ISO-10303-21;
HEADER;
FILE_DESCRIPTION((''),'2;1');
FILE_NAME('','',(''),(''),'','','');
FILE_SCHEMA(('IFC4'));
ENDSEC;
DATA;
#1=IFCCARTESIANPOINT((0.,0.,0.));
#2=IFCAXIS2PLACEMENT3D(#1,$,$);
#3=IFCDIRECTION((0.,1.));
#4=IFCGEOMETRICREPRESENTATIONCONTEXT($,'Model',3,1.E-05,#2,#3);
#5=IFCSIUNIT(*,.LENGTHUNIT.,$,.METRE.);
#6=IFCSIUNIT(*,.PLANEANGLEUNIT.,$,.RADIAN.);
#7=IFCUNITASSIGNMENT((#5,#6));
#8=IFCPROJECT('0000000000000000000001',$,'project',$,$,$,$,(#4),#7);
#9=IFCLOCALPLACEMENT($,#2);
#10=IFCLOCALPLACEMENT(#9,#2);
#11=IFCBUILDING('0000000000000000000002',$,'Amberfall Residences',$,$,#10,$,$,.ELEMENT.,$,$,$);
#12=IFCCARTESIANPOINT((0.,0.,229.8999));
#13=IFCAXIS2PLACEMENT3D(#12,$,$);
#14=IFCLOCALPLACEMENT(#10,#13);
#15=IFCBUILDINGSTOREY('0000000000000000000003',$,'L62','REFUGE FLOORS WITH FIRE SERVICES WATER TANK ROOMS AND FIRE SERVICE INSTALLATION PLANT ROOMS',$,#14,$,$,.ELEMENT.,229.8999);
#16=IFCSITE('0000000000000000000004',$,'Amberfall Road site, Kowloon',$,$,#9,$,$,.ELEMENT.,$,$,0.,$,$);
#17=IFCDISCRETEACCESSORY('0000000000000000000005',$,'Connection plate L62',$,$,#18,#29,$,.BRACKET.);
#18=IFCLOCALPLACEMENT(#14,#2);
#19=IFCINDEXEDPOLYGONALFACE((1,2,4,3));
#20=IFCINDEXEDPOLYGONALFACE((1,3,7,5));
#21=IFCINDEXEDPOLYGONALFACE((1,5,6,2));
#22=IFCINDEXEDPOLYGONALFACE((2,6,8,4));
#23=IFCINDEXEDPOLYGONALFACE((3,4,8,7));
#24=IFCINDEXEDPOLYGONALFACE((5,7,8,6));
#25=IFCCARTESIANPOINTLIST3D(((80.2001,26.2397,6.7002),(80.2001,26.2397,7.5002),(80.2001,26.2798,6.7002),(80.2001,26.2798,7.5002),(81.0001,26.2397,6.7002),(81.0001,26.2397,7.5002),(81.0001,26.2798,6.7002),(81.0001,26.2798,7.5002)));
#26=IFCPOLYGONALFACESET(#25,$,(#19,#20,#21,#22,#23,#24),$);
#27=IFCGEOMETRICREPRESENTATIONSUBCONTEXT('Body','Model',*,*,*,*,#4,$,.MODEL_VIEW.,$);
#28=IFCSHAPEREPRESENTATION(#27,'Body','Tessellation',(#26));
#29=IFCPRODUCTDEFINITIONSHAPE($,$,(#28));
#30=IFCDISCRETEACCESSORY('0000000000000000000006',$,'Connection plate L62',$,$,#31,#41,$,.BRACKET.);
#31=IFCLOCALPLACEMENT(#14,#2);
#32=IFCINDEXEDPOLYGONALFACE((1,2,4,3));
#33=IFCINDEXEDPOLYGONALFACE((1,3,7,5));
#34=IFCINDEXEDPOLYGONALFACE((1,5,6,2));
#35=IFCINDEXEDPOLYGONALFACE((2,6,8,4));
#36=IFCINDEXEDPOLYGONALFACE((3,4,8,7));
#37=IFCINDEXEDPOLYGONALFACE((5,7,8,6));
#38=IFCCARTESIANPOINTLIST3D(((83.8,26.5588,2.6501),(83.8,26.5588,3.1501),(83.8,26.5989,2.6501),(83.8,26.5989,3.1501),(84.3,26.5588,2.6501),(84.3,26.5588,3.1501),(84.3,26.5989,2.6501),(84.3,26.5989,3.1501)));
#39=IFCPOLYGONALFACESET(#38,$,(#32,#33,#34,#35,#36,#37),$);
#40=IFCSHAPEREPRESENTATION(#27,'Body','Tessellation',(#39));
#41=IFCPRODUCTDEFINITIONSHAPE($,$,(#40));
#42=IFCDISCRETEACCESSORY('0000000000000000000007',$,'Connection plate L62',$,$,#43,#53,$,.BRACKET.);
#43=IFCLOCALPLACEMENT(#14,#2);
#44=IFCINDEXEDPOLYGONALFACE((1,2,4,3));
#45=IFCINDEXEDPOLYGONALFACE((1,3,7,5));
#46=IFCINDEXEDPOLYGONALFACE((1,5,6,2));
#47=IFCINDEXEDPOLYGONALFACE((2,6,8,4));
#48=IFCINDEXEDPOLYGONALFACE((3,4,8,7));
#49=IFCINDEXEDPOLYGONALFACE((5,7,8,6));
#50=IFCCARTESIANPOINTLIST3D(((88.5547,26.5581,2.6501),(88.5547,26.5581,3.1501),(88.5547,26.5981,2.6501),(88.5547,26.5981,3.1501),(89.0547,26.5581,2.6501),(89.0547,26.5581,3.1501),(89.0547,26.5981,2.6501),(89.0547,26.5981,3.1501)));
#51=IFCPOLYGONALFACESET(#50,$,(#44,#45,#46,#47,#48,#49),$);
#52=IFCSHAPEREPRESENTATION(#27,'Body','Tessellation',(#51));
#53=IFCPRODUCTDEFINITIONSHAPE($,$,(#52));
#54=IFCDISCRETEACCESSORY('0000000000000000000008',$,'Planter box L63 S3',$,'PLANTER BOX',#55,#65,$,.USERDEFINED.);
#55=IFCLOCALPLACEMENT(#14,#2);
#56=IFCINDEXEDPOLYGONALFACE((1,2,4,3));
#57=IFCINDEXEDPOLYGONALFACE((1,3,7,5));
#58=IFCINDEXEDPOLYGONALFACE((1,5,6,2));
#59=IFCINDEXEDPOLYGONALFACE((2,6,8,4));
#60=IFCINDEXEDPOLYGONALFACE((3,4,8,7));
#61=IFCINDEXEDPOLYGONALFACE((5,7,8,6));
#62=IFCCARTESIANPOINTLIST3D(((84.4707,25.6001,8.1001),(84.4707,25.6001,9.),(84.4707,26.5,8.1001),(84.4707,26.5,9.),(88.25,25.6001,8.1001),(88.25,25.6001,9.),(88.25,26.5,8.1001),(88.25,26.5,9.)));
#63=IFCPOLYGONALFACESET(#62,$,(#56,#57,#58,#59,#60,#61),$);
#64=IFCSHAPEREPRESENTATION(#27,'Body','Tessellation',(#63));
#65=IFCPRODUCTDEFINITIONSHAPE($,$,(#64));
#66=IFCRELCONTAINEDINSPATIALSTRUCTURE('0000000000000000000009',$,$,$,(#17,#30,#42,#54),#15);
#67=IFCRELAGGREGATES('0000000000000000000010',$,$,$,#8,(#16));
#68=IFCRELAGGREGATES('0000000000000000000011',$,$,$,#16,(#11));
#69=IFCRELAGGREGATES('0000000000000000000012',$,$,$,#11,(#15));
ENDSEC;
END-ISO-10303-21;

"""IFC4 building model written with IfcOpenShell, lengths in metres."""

from ifc_helpers import new_model, si_unit, direction, frame, origin, origin_2d, place, context, subcontext, project, spatial, rectangle, extrude, element, save


model = new_model("IFC4")

# Units and contexts
model_context = context("Model", 3, precision=1e-05, world=origin(), true_north=direction((0.0, 1.0)))
body_context = subcontext(model_context, "Body", "Model", "MODEL_VIEW")
ifc_project = project(units=[si_unit("LENGTHUNIT", "METRE"), si_unit("PLANEANGLEUNIT", "RADIAN")], contexts=[model_context])

# Site, building, storey
site_placement = place(None, origin())
site = spatial("IfcSite", under=ifc_project, at=site_placement, Name="Amberfall Road site, Kowloon", CompositionType="ELEMENT", RefElevation=0.0)
building_placement = place(site_placement, origin())
building = spatial("IfcBuilding", under=site, at=building_placement, Name="Amberfall Residences", CompositionType="ELEMENT")
storey_placement = place(building_placement, frame((0.0, 0.0, 229.8999)))
storey = spatial("IfcBuildingStorey", under=building, at=storey_placement, Name="L62", Description="REFUGE FLOORS WITH FIRE SERVICES WATER TANK ROOMS AND FIRE SERVICE INSTALLATION PLANT ROOMS", CompositionType="ELEMENT", Elevation=229.8999)

# Discrete accessories
discrete_accessory_1_placement = place(storey_placement, frame((80.6001, 26.2598, 6.7002), z_axis=(0.0, 0.0, 1.0), x_axis=(1.0, 0.0, 0.0)))
element("IfcDiscreteAccessory", 1, at=discrete_accessory_1_placement, inside=storey, Name="Connection plate L62", PredefinedType="BRACKET", context=body_context, shape_type="SweptSolid", body=[
    extrude(rectangle(XDim=0.8, YDim=0.04, at=origin_2d()), origin(), (0.0, 0.0, 1.0), 0.8),
])
for number, where, z_axis, x_axis, name in (
    (2, (84.05, 26.5789, 2.6501), (0.0, 0.0, 1.0), (1.0, 0.0, 0.0), "Connection plate L62"),
    (3, (88.8047, 26.5781, 2.6501), (0.0, 0.0, 1.0), (1.0, 0.0, 0.0), "Connection plate L62"),
):
    element("IfcDiscreteAccessory", number, at=place(storey_placement, frame(where, z_axis=z_axis, x_axis=x_axis)), inside=storey, Name=name, PredefinedType="BRACKET", context=body_context, shape_type="SweptSolid", body=[
        extrude(rectangle(XDim=0.5, YDim=0.04, at=origin_2d()), origin(), (0.0, 0.0, 1.0), 0.5),
    ])
discrete_accessory_2_placement = place(storey_placement, frame((86.3604, 26.05, 8.1001), z_axis=(0.0, 0.0, 1.0), x_axis=(1.0, 0.0, 0.0)))
element("IfcDiscreteAccessory", 4, at=discrete_accessory_2_placement, inside=storey, Name="Planter box L63 S3", ObjectType="PLANTER BOX", PredefinedType="USERDEFINED", context=body_context, shape_type="SweptSolid", body=[
    extrude(rectangle(XDim=3.7793, YDim=0.8999, at=origin_2d()), origin(), (0.0, 0.0, 1.0), 0.8999),
])

save(model, "model.ifc")
